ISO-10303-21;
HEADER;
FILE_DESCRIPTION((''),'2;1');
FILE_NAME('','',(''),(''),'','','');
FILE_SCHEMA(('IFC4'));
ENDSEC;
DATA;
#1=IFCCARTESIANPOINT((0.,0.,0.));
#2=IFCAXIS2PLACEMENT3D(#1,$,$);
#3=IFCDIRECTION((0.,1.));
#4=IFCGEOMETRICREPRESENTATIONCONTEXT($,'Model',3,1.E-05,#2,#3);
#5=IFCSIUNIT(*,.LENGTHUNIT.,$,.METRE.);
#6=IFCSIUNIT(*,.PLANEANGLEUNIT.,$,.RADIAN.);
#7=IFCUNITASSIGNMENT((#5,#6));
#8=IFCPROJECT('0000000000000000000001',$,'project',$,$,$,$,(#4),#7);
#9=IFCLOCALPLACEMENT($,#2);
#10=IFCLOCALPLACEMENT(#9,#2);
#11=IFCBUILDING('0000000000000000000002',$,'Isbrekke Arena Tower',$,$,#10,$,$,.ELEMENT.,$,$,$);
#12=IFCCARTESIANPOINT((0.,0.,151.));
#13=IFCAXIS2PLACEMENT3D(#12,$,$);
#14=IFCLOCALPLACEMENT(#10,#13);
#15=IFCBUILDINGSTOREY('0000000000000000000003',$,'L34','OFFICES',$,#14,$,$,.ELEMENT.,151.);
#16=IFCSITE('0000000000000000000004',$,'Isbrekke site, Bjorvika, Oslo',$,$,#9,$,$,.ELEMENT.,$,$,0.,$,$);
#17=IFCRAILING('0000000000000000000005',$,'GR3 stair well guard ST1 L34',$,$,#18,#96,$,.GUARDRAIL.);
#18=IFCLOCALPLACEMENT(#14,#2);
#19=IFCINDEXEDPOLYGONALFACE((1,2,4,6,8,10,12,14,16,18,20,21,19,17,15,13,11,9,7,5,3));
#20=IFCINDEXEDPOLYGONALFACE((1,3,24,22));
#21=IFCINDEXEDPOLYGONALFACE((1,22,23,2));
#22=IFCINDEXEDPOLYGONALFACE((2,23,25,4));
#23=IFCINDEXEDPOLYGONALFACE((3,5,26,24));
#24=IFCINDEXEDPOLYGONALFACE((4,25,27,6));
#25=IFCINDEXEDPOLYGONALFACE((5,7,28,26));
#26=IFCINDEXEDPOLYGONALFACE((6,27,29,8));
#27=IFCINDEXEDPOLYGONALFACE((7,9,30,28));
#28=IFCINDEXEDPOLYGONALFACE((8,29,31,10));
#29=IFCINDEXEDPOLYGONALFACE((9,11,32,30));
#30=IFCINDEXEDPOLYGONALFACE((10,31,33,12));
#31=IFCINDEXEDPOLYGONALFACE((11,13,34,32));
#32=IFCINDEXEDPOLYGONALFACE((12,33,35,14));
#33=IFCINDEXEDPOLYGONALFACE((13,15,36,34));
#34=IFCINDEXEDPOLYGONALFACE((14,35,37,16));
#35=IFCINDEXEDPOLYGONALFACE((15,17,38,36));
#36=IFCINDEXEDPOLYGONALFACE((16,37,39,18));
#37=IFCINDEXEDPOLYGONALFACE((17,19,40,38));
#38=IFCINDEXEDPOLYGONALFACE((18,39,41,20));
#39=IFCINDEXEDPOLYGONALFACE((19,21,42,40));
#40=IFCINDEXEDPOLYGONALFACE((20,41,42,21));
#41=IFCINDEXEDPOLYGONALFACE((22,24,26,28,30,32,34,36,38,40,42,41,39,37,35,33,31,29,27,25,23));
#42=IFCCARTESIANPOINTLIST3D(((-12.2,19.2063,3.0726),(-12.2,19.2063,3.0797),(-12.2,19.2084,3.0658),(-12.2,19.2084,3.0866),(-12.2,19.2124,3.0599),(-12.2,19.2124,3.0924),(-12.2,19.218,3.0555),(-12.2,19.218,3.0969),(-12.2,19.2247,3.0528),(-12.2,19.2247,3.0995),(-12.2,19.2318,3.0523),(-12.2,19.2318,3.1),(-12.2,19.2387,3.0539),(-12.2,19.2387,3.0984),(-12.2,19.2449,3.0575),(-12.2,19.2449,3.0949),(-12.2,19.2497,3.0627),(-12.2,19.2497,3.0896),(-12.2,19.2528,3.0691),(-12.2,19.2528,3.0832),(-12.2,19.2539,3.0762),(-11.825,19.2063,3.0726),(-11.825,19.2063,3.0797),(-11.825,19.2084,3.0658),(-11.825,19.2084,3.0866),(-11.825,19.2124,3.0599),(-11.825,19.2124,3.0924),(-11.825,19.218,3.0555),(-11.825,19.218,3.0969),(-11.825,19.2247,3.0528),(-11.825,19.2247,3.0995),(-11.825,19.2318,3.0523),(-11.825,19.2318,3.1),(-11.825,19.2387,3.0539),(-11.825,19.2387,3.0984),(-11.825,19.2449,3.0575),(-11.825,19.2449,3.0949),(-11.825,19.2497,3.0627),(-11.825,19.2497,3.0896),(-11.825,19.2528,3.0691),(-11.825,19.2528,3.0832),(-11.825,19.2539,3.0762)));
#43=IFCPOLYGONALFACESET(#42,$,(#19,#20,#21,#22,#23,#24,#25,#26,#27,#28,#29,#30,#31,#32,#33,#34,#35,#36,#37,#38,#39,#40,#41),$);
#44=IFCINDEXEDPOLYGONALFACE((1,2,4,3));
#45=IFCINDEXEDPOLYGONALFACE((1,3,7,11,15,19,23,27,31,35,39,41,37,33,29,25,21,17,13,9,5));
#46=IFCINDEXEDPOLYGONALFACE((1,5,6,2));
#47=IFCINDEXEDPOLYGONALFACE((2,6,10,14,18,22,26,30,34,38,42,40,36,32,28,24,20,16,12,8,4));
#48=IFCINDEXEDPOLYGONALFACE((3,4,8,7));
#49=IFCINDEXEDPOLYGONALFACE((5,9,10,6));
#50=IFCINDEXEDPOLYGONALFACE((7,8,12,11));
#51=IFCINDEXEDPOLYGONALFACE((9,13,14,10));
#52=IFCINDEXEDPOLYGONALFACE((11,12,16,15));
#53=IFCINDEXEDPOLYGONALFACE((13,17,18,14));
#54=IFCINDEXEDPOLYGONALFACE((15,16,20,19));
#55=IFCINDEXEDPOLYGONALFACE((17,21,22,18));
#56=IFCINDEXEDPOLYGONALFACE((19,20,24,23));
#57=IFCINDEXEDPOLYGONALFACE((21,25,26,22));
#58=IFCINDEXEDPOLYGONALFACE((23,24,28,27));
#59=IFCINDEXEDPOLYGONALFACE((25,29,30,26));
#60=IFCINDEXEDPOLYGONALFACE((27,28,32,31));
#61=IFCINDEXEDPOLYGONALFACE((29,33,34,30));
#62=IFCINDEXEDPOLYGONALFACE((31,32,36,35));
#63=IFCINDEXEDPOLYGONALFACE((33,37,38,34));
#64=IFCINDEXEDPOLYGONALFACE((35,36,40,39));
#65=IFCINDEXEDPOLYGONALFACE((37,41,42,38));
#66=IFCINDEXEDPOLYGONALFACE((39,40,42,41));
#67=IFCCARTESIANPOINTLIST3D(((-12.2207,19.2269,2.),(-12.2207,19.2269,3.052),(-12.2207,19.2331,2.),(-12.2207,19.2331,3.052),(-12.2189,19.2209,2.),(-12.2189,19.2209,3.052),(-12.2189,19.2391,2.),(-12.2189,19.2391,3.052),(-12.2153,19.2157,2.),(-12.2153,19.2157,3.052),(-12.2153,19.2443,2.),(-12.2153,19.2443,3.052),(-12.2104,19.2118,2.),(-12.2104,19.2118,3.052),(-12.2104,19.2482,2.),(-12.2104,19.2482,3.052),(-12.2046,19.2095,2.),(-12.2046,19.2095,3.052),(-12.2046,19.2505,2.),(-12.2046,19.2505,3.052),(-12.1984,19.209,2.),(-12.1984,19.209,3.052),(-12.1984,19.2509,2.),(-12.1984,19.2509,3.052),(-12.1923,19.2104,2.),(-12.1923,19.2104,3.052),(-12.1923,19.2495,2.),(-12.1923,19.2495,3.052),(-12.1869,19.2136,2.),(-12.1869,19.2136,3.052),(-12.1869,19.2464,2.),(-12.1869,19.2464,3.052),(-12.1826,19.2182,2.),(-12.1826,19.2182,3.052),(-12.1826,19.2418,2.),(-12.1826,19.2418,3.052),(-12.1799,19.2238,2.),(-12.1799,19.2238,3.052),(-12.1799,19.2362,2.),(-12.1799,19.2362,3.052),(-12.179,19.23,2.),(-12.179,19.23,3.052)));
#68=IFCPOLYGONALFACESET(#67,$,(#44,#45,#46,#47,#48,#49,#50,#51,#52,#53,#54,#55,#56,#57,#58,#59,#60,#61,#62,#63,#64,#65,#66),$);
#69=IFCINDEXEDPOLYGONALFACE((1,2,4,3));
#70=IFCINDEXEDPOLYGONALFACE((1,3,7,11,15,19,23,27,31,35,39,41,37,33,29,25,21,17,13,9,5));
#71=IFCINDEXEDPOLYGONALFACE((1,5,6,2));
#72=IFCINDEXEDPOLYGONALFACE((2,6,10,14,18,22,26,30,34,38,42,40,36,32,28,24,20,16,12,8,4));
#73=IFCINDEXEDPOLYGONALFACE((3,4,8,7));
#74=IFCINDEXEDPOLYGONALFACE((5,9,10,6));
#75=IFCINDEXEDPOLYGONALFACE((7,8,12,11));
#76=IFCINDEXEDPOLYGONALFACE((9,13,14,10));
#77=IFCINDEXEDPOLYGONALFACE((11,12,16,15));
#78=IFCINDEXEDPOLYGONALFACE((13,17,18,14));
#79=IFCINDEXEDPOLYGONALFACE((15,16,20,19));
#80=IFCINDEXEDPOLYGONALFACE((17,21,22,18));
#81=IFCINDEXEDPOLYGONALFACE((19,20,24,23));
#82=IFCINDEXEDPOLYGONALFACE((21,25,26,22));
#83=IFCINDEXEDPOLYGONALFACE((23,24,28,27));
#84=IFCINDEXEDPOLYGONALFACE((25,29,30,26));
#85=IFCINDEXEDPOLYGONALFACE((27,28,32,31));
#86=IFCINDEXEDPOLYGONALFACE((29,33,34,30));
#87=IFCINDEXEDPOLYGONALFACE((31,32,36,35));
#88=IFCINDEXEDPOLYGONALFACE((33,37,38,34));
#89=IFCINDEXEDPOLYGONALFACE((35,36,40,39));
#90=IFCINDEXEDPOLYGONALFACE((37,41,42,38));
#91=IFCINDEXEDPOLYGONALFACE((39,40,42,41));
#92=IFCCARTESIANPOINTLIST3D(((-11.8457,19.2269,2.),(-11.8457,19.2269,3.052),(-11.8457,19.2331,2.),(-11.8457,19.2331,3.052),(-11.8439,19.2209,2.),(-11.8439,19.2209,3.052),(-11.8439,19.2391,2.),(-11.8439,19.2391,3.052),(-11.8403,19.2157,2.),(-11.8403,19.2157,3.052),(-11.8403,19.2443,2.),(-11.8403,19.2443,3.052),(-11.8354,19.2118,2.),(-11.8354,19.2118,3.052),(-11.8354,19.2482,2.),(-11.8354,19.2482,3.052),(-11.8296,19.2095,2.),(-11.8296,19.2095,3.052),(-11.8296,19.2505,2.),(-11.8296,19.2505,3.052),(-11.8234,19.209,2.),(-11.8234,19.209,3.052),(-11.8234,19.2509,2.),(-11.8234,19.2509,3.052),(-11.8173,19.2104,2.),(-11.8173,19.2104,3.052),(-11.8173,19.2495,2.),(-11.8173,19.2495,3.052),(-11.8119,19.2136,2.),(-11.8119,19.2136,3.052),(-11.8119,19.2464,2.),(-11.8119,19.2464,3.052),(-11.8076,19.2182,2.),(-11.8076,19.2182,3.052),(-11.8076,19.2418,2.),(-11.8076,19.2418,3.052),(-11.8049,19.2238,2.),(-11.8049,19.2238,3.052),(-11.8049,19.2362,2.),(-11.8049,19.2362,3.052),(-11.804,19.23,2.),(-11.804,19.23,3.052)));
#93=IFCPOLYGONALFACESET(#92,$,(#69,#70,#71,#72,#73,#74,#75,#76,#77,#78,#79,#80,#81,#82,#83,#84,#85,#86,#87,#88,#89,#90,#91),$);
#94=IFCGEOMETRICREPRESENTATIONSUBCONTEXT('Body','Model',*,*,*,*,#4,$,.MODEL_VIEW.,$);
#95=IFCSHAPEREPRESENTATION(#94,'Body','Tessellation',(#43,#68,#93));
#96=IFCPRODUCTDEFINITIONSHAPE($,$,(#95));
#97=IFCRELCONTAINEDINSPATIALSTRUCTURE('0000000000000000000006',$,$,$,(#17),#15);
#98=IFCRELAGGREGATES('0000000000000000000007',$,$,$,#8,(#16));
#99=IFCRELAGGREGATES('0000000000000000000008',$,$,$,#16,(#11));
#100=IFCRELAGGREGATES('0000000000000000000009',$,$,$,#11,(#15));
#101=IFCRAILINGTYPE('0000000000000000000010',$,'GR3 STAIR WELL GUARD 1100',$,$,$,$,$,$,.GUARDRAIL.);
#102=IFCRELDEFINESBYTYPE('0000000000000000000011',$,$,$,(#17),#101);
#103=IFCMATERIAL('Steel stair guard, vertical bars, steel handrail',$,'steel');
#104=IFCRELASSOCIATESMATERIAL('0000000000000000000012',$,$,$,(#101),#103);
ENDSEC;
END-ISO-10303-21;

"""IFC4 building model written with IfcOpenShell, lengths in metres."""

from ifc_helpers import new_model, si_unit, direction, frame, origin, origin_2d, place, context, subcontext, project, spatial, circle, extrude, material, type_object, element, save


model = new_model("IFC4")

# Units and contexts
model_context = context("Model", 3, precision=1e-05, world=origin(), true_north=direction((0.0, 1.0)))
body_context = subcontext(model_context, "Body", "Model", "MODEL_VIEW")
ifc_project = project(units=[si_unit("LENGTHUNIT", "METRE"), si_unit("PLANEANGLEUNIT", "RADIAN")], contexts=[model_context])

# Site, building, storey
site_placement = place(None, origin())
site = spatial("IfcSite", under=ifc_project, at=site_placement, Name="Isbrekke site, Bjorvika, Oslo", CompositionType="ELEMENT", RefElevation=0.0)
building_placement = place(site_placement, origin())
building = spatial("IfcBuilding", under=site, at=building_placement, Name="Isbrekke Arena Tower", CompositionType="ELEMENT")
storey_placement = place(building_placement, frame((0.0, 0.0, 151.0)))
storey = spatial("IfcBuildingStorey", under=building, at=storey_placement, Name="L34", Description="OFFICES", CompositionType="ELEMENT", Elevation=151.0)

# Railing
ifc_material_1 = material(Name="Steel stair guard, vertical bars, steel handrail", Category="steel")
railing_type = type_object("IfcRailingType", Name="GR3 STAIR WELL GUARD 1100", PredefinedType="GUARDRAIL", material=ifc_material_1)
for number, where, name in (
    (1, (-12.2, 19.23, 2.0), "GR3 stair well guard ST1 L34"),
):
    element("IfcRailing", number, at=place(storey_placement, frame(where)), inside=storey, type_object=railing_type, Name=name, PredefinedType="GUARDRAIL", context=body_context, shape_type="SweptSolid", body=[
        extrude(circle(Radius=0.0239, at=origin_2d()), frame((0.0, 0.0, 1.0762), z_axis=(1.0, 0.0, 0.0), x_axis=(0.0, 1.0, 0.0)), (0.0, 0.0, 1.0), 0.375),
        extrude(circle(Radius=0.021, at=origin_2d()), origin(), (0.0, 0.0, 1.0), 1.052),
        extrude(circle(Radius=0.021, at=origin_2d()), frame((0.375, 0.0, 0.0)), (0.0, 0.0, 1.0), 1.052),
    ])

save(model, "model.ifc")
